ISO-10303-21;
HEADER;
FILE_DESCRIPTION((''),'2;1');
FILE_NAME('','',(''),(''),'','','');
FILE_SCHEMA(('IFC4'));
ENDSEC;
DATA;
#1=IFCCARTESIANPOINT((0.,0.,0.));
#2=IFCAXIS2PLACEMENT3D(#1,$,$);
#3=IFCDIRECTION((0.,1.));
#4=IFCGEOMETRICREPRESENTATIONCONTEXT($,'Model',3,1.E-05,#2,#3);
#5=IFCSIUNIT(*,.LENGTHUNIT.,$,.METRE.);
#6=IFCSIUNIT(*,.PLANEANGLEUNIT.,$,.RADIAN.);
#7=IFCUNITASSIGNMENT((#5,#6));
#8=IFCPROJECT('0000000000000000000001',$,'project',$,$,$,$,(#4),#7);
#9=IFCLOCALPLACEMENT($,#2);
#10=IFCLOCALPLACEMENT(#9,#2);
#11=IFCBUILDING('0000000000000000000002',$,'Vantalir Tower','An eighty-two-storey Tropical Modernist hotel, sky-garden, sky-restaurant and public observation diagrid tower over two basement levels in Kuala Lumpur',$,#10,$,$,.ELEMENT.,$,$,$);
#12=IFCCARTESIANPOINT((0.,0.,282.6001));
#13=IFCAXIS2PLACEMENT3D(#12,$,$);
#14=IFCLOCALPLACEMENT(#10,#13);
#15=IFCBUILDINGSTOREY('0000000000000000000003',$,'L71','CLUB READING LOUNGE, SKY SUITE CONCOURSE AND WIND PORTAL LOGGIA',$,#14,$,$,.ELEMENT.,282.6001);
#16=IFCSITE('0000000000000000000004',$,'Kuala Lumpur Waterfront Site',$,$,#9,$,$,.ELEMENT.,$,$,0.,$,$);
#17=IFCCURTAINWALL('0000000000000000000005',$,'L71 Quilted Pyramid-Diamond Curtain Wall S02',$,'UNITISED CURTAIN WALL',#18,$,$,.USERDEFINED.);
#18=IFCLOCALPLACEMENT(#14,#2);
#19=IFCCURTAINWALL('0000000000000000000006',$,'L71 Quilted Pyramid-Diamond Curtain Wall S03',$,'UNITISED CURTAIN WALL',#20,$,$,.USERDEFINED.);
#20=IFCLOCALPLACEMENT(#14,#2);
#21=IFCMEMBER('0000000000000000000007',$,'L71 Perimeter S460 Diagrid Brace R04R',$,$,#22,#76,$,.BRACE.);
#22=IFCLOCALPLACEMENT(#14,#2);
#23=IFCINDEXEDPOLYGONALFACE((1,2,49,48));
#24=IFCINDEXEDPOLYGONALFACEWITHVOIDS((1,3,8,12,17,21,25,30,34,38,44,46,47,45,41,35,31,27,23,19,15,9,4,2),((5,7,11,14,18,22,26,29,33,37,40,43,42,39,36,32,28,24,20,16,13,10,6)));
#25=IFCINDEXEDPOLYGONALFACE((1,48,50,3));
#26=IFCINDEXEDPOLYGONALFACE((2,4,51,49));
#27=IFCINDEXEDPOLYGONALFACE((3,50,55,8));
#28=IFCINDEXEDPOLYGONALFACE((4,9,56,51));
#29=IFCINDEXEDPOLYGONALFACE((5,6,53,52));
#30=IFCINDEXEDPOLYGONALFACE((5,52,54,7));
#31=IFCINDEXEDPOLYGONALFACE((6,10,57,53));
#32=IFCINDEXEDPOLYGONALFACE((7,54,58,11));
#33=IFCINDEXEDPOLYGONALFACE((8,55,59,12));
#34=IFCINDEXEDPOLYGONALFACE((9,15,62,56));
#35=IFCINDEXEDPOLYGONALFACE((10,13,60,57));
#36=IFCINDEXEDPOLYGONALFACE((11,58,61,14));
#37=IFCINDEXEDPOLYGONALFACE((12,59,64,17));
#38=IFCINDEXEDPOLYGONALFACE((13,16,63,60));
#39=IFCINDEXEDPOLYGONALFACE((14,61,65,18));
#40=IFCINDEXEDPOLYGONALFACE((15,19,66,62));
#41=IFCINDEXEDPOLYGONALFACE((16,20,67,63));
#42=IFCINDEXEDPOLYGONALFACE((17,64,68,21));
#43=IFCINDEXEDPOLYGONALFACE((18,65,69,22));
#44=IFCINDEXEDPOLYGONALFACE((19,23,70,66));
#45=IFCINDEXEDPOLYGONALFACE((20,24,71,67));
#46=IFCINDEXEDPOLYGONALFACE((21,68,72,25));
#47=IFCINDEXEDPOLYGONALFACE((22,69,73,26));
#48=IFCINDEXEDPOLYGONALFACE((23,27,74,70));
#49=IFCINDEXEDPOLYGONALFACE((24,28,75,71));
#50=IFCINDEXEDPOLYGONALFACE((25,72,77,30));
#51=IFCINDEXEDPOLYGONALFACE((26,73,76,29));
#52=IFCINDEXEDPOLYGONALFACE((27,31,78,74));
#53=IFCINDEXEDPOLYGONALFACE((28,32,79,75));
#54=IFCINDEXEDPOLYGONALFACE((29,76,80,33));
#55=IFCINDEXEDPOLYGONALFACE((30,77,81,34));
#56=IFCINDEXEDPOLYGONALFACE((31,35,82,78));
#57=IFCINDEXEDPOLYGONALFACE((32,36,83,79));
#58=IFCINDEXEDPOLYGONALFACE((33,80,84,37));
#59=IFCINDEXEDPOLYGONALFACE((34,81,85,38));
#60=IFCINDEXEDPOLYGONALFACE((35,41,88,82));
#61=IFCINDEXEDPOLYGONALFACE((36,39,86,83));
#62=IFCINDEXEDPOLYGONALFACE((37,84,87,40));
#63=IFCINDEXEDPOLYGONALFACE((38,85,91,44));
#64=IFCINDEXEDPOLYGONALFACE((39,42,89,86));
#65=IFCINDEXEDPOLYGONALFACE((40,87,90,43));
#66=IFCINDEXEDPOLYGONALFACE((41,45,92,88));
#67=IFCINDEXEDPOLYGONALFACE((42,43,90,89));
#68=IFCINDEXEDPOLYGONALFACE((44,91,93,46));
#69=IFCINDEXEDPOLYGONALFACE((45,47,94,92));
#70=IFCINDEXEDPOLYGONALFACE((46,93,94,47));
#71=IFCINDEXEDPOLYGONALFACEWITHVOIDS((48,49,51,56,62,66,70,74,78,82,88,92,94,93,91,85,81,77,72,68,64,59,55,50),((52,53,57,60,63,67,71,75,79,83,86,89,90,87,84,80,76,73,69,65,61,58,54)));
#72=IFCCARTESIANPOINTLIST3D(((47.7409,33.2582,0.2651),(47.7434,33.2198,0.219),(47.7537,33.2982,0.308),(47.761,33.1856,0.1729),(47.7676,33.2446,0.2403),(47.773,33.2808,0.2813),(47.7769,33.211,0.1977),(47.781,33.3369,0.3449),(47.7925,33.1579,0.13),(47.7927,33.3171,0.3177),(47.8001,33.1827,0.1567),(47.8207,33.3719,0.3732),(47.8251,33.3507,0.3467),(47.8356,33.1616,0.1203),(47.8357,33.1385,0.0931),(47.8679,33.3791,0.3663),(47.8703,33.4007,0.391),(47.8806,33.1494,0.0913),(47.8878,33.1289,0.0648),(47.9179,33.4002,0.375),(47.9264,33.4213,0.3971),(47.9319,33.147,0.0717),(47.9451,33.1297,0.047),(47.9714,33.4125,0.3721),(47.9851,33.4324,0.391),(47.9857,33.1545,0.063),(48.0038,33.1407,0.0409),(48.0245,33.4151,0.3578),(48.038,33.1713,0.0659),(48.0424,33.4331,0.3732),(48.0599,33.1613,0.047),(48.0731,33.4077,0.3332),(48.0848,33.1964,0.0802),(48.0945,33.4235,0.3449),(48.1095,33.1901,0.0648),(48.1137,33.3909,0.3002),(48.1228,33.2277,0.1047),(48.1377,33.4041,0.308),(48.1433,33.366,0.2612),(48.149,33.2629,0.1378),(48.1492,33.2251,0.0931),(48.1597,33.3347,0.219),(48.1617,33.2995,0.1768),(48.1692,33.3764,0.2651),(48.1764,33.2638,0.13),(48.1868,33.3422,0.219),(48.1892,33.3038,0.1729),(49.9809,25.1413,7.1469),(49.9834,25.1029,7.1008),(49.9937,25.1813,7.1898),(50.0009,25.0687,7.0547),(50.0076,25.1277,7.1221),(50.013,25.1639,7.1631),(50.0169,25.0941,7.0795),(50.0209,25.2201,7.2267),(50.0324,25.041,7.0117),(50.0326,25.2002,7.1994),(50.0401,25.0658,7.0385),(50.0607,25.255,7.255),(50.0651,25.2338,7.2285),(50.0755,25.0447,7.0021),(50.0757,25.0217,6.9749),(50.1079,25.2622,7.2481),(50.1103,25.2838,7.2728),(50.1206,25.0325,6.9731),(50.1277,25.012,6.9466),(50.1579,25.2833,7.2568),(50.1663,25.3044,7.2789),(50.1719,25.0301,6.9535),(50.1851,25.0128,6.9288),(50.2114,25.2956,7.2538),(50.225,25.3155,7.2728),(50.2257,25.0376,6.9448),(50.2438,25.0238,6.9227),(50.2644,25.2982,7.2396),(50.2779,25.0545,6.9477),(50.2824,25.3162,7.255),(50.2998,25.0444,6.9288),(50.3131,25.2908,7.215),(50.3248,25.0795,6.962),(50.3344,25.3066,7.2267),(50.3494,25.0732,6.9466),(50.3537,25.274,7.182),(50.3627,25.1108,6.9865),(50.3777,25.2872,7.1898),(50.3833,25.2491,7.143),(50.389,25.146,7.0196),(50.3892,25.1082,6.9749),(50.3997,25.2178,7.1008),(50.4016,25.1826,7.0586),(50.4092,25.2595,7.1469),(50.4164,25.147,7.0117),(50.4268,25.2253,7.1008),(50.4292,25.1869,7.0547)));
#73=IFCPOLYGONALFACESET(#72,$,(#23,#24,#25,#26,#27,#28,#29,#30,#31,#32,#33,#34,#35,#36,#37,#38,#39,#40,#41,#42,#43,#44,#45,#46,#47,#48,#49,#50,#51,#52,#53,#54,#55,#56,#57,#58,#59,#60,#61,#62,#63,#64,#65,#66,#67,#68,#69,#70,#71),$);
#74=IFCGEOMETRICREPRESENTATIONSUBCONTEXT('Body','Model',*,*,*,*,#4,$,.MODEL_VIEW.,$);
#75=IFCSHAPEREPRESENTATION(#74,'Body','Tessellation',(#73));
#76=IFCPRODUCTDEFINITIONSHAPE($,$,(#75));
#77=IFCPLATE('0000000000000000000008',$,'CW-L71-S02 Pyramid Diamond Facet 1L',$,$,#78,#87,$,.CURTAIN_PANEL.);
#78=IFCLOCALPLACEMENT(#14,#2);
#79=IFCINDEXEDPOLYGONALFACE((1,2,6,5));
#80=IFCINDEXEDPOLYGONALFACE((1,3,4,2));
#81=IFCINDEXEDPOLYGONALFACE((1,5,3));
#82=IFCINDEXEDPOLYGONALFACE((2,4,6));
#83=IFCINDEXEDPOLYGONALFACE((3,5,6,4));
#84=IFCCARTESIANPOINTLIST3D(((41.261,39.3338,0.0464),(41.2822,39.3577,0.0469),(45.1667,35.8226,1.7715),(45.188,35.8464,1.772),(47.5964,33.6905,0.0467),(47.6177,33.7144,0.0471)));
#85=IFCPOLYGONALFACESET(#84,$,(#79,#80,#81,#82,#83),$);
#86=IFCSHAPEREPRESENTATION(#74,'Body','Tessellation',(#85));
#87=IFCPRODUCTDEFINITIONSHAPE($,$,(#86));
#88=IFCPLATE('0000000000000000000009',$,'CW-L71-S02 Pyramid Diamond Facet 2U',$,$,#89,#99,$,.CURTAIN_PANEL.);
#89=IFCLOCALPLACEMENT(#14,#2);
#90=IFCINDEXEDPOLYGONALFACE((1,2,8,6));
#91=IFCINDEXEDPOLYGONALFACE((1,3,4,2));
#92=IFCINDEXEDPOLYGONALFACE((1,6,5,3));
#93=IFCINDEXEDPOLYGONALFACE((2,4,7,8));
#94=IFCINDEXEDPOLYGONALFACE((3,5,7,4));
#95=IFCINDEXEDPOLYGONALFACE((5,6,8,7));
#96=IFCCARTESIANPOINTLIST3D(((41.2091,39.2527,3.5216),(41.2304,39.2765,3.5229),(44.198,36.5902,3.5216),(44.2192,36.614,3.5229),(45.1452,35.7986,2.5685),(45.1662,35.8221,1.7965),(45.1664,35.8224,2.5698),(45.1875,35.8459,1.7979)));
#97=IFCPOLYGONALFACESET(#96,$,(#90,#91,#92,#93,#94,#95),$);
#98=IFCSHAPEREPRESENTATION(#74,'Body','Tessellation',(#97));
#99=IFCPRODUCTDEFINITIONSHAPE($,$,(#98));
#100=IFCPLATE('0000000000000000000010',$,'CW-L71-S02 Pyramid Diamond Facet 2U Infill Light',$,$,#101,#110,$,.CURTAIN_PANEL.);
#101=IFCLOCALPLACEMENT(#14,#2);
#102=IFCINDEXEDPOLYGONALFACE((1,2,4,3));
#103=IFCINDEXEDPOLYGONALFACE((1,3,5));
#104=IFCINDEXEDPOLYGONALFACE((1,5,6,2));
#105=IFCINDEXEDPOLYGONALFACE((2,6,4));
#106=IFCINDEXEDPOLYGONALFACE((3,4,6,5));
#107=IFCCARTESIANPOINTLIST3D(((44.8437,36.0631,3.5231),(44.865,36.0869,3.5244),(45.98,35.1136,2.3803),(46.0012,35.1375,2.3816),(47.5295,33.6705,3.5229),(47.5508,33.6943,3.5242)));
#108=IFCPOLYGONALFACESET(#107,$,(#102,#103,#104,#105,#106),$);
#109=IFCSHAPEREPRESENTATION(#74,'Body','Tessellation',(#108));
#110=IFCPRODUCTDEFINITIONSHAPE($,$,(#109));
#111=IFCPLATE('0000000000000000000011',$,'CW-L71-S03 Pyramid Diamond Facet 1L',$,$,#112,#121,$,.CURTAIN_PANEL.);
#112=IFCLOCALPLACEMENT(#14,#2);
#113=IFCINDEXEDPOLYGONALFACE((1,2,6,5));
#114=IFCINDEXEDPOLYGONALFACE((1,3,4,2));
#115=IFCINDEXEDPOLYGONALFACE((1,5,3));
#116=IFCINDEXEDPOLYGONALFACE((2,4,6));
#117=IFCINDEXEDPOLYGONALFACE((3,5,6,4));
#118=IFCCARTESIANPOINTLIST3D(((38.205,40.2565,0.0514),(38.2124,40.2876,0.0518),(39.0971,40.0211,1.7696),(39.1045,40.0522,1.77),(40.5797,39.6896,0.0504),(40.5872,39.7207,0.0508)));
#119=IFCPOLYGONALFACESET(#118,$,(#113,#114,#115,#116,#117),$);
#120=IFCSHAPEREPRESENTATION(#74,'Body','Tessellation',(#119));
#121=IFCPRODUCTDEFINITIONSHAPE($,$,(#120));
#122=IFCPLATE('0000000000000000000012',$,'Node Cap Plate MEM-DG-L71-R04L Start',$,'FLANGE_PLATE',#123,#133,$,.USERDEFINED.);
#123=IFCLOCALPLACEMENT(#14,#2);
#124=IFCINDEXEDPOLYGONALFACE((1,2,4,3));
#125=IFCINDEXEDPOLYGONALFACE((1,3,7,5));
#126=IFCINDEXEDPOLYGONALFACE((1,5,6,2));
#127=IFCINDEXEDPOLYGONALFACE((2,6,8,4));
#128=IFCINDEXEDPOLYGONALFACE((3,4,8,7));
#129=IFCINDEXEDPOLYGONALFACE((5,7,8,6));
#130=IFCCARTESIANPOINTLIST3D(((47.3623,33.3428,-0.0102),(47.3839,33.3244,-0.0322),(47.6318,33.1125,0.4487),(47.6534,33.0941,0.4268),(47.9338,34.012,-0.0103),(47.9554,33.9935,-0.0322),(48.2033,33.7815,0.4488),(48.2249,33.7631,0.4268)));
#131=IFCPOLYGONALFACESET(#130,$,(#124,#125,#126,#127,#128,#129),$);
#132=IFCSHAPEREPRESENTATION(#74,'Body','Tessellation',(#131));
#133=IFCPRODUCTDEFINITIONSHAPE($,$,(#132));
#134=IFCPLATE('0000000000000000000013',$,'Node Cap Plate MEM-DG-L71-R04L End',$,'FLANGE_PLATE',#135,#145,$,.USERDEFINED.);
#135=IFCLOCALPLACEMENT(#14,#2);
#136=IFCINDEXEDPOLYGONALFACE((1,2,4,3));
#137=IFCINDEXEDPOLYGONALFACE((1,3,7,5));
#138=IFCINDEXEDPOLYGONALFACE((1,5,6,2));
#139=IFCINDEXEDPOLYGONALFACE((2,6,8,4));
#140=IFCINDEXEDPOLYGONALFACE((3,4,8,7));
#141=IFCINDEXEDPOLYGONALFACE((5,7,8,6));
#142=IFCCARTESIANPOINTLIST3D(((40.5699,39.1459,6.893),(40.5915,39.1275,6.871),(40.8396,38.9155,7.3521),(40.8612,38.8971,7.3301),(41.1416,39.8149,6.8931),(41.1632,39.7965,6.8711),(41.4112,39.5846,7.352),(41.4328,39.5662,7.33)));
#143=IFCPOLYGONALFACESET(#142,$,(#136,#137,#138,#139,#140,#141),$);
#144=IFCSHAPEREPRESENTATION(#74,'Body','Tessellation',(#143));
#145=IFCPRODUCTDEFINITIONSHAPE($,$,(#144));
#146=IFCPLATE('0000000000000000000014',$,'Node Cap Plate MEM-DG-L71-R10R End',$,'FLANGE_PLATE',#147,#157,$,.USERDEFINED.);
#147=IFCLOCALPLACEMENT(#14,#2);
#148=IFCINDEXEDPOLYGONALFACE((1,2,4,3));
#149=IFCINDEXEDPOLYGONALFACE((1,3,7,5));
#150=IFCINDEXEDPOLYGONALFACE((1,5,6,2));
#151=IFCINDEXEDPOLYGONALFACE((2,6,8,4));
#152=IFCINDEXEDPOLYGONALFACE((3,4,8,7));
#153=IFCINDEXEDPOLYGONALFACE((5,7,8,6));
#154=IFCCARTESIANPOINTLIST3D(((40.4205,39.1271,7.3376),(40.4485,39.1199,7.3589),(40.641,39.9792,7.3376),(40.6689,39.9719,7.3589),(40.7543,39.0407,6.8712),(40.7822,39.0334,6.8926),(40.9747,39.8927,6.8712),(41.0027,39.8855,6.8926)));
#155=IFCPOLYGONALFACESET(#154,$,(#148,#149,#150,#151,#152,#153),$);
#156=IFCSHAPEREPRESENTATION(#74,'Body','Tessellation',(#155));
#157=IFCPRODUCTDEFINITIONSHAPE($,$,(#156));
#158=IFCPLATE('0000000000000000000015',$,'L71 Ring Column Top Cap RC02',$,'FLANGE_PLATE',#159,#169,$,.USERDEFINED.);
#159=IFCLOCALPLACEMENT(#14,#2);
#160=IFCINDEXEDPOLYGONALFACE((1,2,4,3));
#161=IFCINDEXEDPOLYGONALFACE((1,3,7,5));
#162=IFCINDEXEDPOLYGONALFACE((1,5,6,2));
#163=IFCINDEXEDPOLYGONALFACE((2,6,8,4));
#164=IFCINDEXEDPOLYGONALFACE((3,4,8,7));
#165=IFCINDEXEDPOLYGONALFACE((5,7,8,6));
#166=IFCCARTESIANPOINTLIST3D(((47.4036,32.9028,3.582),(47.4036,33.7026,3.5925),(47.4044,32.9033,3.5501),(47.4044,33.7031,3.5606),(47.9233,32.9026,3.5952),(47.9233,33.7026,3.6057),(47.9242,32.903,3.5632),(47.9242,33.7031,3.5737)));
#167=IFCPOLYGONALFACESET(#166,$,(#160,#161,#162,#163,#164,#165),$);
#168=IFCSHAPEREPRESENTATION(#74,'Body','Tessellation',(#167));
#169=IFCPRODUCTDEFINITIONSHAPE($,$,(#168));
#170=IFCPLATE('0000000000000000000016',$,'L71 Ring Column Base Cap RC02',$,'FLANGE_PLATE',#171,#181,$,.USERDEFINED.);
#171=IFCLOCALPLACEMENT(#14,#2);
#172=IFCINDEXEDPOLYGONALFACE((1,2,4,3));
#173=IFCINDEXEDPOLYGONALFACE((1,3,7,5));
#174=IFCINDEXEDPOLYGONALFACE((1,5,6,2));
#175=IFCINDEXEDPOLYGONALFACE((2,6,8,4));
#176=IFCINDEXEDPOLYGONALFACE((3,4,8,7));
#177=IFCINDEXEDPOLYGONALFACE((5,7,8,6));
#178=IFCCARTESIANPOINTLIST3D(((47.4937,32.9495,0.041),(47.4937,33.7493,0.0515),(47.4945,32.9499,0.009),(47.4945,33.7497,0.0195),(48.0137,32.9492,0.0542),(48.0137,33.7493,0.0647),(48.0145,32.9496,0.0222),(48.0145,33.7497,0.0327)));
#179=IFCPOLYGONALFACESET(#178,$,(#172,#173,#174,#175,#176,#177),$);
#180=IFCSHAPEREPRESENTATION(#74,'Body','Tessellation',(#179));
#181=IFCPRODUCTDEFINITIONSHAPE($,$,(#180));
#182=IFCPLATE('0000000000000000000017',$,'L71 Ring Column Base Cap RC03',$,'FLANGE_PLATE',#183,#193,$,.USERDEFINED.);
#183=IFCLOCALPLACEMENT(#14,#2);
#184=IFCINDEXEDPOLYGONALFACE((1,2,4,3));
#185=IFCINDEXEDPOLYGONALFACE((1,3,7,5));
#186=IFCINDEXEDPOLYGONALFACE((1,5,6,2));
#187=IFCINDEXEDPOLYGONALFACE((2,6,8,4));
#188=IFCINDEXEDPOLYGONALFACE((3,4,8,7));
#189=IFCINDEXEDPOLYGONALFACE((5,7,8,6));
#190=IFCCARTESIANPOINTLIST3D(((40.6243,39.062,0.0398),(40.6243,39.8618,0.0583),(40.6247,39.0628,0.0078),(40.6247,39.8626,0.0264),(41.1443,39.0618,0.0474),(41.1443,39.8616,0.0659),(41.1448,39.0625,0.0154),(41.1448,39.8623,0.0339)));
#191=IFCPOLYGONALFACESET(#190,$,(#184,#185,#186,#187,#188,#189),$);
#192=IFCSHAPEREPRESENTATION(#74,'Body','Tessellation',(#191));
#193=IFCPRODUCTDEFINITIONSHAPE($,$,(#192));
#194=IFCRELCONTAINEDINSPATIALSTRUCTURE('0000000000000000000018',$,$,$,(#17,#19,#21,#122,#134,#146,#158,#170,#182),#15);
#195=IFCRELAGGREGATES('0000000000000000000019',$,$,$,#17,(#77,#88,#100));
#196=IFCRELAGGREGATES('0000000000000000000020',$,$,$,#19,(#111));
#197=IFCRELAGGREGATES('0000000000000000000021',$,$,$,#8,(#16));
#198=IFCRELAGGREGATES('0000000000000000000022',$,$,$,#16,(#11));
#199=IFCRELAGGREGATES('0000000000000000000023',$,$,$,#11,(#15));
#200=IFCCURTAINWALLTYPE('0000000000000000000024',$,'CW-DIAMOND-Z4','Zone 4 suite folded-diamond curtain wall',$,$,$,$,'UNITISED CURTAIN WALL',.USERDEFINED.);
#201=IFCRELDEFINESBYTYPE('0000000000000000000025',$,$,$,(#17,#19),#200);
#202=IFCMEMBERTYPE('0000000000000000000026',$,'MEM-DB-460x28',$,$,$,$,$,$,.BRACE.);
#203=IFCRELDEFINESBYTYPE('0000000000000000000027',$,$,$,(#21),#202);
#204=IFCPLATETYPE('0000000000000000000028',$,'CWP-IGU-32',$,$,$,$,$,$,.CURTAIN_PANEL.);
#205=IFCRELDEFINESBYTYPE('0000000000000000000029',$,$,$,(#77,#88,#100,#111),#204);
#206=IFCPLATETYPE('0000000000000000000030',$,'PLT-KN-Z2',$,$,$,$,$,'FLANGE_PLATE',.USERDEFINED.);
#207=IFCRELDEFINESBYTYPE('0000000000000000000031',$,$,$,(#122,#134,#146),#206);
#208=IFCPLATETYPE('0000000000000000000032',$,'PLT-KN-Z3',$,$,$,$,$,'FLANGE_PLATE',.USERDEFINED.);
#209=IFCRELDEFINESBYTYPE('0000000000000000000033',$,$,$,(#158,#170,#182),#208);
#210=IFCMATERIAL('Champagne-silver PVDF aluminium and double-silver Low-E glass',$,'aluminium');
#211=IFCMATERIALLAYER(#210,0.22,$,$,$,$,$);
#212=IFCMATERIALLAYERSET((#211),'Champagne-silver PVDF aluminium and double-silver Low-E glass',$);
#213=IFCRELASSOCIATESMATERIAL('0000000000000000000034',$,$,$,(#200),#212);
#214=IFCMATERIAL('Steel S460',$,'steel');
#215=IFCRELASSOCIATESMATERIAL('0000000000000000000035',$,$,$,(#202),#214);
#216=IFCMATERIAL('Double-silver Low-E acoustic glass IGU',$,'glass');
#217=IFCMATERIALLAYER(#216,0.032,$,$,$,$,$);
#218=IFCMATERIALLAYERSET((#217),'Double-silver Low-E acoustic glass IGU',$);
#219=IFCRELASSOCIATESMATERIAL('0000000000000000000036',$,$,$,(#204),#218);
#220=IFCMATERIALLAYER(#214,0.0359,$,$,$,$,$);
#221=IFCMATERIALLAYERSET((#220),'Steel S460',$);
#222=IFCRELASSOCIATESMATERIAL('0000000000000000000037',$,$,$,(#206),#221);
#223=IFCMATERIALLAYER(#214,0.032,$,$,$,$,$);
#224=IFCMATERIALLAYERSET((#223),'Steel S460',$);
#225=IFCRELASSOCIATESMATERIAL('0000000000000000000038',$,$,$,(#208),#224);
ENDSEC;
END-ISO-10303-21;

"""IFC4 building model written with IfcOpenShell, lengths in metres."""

from ifc_helpers import new_model, si_unit, direction, frame, origin, origin_2d, place, context, subcontext, project, spatial, polyline, hollow_circle, outline, extrude, material, layer, layer_set, material_profile, profile_set, type_object, element, aggregate, save


model = new_model("IFC4")

# Units and contexts
model_context = context("Model", 3, precision=1e-05, world=origin(), true_north=direction((0.0, 1.0)))
body_context = subcontext(model_context, "Body", "Model", "MODEL_VIEW")
ifc_project = project(units=[si_unit("LENGTHUNIT", "METRE"), si_unit("PLANEANGLEUNIT", "RADIAN")], contexts=[model_context])

# Site, building, storey
site_placement = place(None, origin())
site = spatial("IfcSite", under=ifc_project, at=site_placement, Name="Kuala Lumpur Waterfront Site", CompositionType="ELEMENT", RefElevation=0.0)
building_placement = place(site_placement, origin())
building = spatial("IfcBuilding", under=site, at=building_placement, Name="Vantalir Tower", Description="An eighty-two-storey Tropical Modernist hotel, sky-garden, sky-restaurant and public observation diagrid tower over two basement levels in Kuala Lumpur", CompositionType="ELEMENT")
storey_placement = place(building_placement, frame((0.0, 0.0, 282.6001)))
storey = spatial("IfcBuildingStorey", under=building, at=storey_placement, Name="L71", Description="CLUB READING LOUNGE, SKY SUITE CONCOURSE AND WIND PORTAL LOGGIA", CompositionType="ELEMENT", Elevation=282.6001)

# Shared definitions
ifc_material_1 = material(Name="Steel S460", Category="steel")

# Curtain wall
ifc_material_2 = material(Name="Champagne-silver PVDF aluminium and double-silver Low-E glass", Category="aluminium")
ifc_layer_1 = layer(ifc_material_2, 0.22)
ifc_layer_set_1 = layer_set([ifc_layer_1], Name="Champagne-silver PVDF aluminium and double-silver Low-E glass")
curtain_wall_type = type_object("IfcCurtainWallType", Name="CW-DIAMOND-Z4", Description="Zone 4 suite folded-diamond curtain wall", ElementType="UNITISED CURTAIN WALL", PredefinedType="USERDEFINED", material=ifc_layer_set_1)
curtain_wall_1_placement = place(storey_placement, origin())
curtain_wall_1 = element("IfcCurtainWall", 1, at=curtain_wall_1_placement, inside=storey, type_object=curtain_wall_type, Name="L71 Quilted Pyramid-Diamond Curtain Wall S02", ObjectType="UNITISED CURTAIN WALL", PredefinedType="USERDEFINED")

# Curtain wall
curtain_wall_2_placement = place(storey_placement, origin())
curtain_wall_2 = element("IfcCurtainWall", 2, at=curtain_wall_2_placement, inside=storey, type_object=curtain_wall_type, Name="L71 Quilted Pyramid-Diamond Curtain Wall S03", ObjectType="UNITISED CURTAIN WALL", PredefinedType="USERDEFINED")

# Member
ifc_material_profile_1 = material_profile(ifc_material_1, hollow_circle(Radius=0.23, WallThickness=0.0281, at=origin_2d()), Name="Steel S460")
ifc_profile_set_1 = profile_set([ifc_material_profile_1], Name="Steel S460")
member_type_1 = type_object("IfcMemberType", Name="MEM-DB-460x28", PredefinedType="BRACE", material=ifc_profile_set_1)
member_1_placement = place(storey_placement, frame((47.9651, 33.281, 0.219), z_axis=(0.205979, -0.746397, 0.632822), x_axis=(0.963967, 0.266021, 0.0)))
element("IfcMember", 3, at=member_1_placement, inside=storey, type_object=member_type_1, Name="L71 Perimeter S460 Diagrid Brace R04R", PredefinedType="BRACE", context=body_context, shape_type="SweptSolid", body=[
    extrude(hollow_circle(Radius=0.23, WallThickness=0.0281, at=origin_2d()), origin(), (0.0, 0.0, 1.0), 10.8748),
])

# Plates
ifc_material_3 = material(Name="Double-silver Low-E acoustic glass IGU", Category="glass")
ifc_layer_2 = layer(ifc_material_3, 0.032)
ifc_layer_set_2 = layer_set([ifc_layer_2], Name="Double-silver Low-E acoustic glass IGU")
plate_type_1 = type_object("IfcPlateType", Name="CWP-IGU-32", PredefinedType="CURTAIN_PANEL", material=ifc_layer_set_2)
plate_1_placement = place(storey_placement, frame((47.6177, 33.7144, 0.0471), z_axis=(0.665076, 0.746646, 0.013924), x_axis=(-0.746718, 0.66514, -0.000029)))
plate_1 = element("IfcPlate", 4, at=plate_1_placement, type_object=plate_type_1, Name="CW-L71-S02 Pyramid Diamond Facet 1L", PredefinedType="CURTAIN_PANEL", context=body_context, shape_type="SweptSolid", body=[
    extrude(outline(polyline([(0.0, 0.0), (8.4844, 0.0), (3.2324, 1.7251), (0.0, 0.0)])), origin(), (0.0, 0.0, -1.0), 0.032),
])
plate_2_placement = place(storey_placement, frame((44.2192, 36.614, 3.5229), z_axis=(0.664614, 0.746069, 0.040861), x_axis=(-0.746692, 0.665169, -0.000001)))
plate_2 = element("IfcPlate", 5, at=plate_2_placement, type_object=plate_type_1, Name="CW-L71-S02 Pyramid Diamond Facet 2U", PredefinedType="CURTAIN_PANEL", context=body_context, shape_type="SweptSolid", body=[
    extrude(outline(polyline([(0.0, 0.0), (4.0028, 0.0), (-1.2339, -1.7265), (-1.2338, -0.9539), (0.0, 0.0)])), origin(), (0.0, 0.0, -1.0), 0.032),
])
plate_3_placement = place(storey_placement, frame((47.5508, 33.6943, 3.5242), z_axis=(0.664616, 0.746062, 0.040951), x_axis=(-0.74669, 0.665172, 0.000068)))
plate_3 = element("IfcPlate", 6, at=plate_3_placement, type_object=plate_type_1, Name="CW-L71-S02 Pyramid Diamond Facet 2U Infill Light", PredefinedType="CURTAIN_PANEL", context=body_context, shape_type="SweptSolid", body=[
    extrude(outline(polyline([(0.0, 0.0), (3.5969, 0.0), (2.1169, -1.1437), (0.0, 0.0)])), origin(), (0.0, 0.0, -1.0), 0.032),
])
aggregate(curtain_wall_1, [plate_1, plate_2, plate_3])
plate_4_placement = place(storey_placement, frame((40.5872, 39.7207, 0.0508), z_axis=(0.232179, 0.97259, 0.012673), x_axis=(-0.97267, 0.232193, 0.0004)))
plate_4 = element("IfcPlate", 7, at=plate_4_placement, type_object=plate_type_1, Name="CW-L71-S03 Pyramid Diamond Facet 1L", PredefinedType="CURTAIN_PANEL", context=body_context, shape_type="SweptSolid", body=[
    extrude(outline(polyline([(0.0, 0.0), (2.4415, 0.0), (1.5198, 1.7188), (0.0, 0.0)])), origin(), (0.0, 0.0, -1.0), 0.032),
])
aggregate(curtain_wall_2, [plate_4])

# Plates
ifc_layer_3 = layer(ifc_material_1, 0.0359)
ifc_layer_set_3 = layer_set([ifc_layer_3], Name="Steel S460")
plate_type_2 = type_object("IfcPlateType", Name="PLT-KN-Z2", ElementType="FLANGE_PLATE", PredefinedType="USERDEFINED", material=ifc_layer_set_3)
plate_5_placement = place(storey_placement, frame((47.9338, 34.012, -0.0103), z_axis=(-0.60173, 0.514012, 0.61132), x_axis=(-0.649485, -0.760374, 0.000044)))
element("IfcPlate", 8, at=plate_5_placement, inside=storey, type_object=plate_type_2, Name="Node Cap Plate MEM-DG-L71-R04L Start", ObjectType="FLANGE_PLATE", PredefinedType="USERDEFINED", context=body_context, shape_type="SweptSolid", body=[
    extrude(outline(polyline([(0.0, 0.0), (0.88, 0.0), (0.8801, 0.5799), (0.0002, 0.58), (0.0, 0.0)])), origin(), (0.0, 0.0, -1.0), 0.0359),
])
plate_6_placement = place(storey_placement, frame((41.1416, 39.8149, 6.8931), z_axis=(-0.601617, 0.514026, 0.61142), x_axis=(-0.649647, -0.760236, -0.000095)))
element("IfcPlate", 9, at=plate_6_placement, inside=storey, type_object=plate_type_2, Name="Node Cap Plate MEM-DG-L71-R04L End", ObjectType="FLANGE_PLATE", PredefinedType="USERDEFINED", context=body_context, shape_type="SweptSolid", body=[
    extrude(outline(polyline([(0.0, 0.0), (0.88, 0.0), (0.8799, 0.5801), (-0.0001, 0.5799), (0.0, 0.0)])), origin(), (0.0, 0.0, -1.0), 0.0359),
])
plate_7_placement = place(storey_placement, frame((40.7822, 39.0334, 6.8926), z_axis=(0.778469, -0.201421, 0.594487), x_axis=(0.25049, 0.968119, 0.0)))
element("IfcPlate", 10, at=plate_7_placement, inside=storey, type_object=plate_type_2, Name="Node Cap Plate MEM-DG-L71-R10R End", ObjectType="FLANGE_PLATE", PredefinedType="USERDEFINED", context=body_context, shape_type="SweptSolid", body=[
    extrude(outline(polyline([(0.0, 0.0), (0.8801, 0.0), (0.8802, 0.5799), (0.0001, 0.5799), (0.0, 0.0)])), origin(), (0.0, 0.0, -1.0), 0.0359),
])
ifc_layer_4 = layer(ifc_material_1, 0.032)
ifc_layer_set_4 = layer_set([ifc_layer_4], Name="Steel S460")
plate_type_3 = type_object("IfcPlateType", Name="PLT-KN-Z3", ElementType="FLANGE_PLATE", PredefinedType="USERDEFINED", material=ifc_layer_set_4)
plate_8_placement = place(storey_placement, frame((47.4036, 33.7026, 3.5925), z_axis=(-0.025357, -0.013118, 0.999592), x_axis=(0.0, -0.999914, -0.013123)))
element("IfcPlate", 11, at=plate_8_placement, inside=storey, type_object=plate_type_3, Name="L71 Ring Column Top Cap RC02", ObjectType="FLANGE_PLATE", PredefinedType="USERDEFINED", context=body_context, shape_type="SweptSolid", body=[
    extrude(outline(polyline([(0.0, 0.0), (0.7999, 0.0), (0.7999, 0.5199), (-0.0002, 0.5199), (0.0, 0.0)])), origin(), (0.0, 0.0, -1.0), 0.032),
])
plate_9_placement = place(storey_placement, frame((47.4937, 33.7493, 0.0515), z_axis=(-0.025345, -0.013118, 0.999593), x_axis=(0.0, -0.999914, -0.013123)))
element("IfcPlate", 12, at=plate_9_placement, inside=storey, type_object=plate_type_3, Name="L71 Ring Column Base Cap RC02", ObjectType="FLANGE_PLATE", PredefinedType="USERDEFINED", context=body_context, shape_type="SweptSolid", body=[
    extrude(outline(polyline([(0.0, 0.0), (0.7999, 0.0), (0.7999, 0.5202), (-0.0002, 0.5202), (0.0, 0.0)])), origin(), (0.0, 0.0, -1.0), 0.032),
])
plate_10_placement = place(storey_placement, frame((40.6243, 39.8618, 0.0583), z_axis=(-0.014559, -0.02319, 0.999625), x_axis=(0.0, -0.999731, -0.023193)))
element("IfcPlate", 13, at=plate_10_placement, inside=storey, type_object=plate_type_3, Name="L71 Ring Column Base Cap RC03", ObjectType="FLANGE_PLATE", PredefinedType="USERDEFINED", context=body_context, shape_type="SweptSolid", body=[
    extrude(outline(polyline([(0.0, 0.0), (0.8, 0.0), (0.8001, 0.5201), (0.0001, 0.5201), (0.0, 0.0)])), origin(), (0.0, 0.0, -1.0), 0.032),
])

save(model, "model.ifc")
